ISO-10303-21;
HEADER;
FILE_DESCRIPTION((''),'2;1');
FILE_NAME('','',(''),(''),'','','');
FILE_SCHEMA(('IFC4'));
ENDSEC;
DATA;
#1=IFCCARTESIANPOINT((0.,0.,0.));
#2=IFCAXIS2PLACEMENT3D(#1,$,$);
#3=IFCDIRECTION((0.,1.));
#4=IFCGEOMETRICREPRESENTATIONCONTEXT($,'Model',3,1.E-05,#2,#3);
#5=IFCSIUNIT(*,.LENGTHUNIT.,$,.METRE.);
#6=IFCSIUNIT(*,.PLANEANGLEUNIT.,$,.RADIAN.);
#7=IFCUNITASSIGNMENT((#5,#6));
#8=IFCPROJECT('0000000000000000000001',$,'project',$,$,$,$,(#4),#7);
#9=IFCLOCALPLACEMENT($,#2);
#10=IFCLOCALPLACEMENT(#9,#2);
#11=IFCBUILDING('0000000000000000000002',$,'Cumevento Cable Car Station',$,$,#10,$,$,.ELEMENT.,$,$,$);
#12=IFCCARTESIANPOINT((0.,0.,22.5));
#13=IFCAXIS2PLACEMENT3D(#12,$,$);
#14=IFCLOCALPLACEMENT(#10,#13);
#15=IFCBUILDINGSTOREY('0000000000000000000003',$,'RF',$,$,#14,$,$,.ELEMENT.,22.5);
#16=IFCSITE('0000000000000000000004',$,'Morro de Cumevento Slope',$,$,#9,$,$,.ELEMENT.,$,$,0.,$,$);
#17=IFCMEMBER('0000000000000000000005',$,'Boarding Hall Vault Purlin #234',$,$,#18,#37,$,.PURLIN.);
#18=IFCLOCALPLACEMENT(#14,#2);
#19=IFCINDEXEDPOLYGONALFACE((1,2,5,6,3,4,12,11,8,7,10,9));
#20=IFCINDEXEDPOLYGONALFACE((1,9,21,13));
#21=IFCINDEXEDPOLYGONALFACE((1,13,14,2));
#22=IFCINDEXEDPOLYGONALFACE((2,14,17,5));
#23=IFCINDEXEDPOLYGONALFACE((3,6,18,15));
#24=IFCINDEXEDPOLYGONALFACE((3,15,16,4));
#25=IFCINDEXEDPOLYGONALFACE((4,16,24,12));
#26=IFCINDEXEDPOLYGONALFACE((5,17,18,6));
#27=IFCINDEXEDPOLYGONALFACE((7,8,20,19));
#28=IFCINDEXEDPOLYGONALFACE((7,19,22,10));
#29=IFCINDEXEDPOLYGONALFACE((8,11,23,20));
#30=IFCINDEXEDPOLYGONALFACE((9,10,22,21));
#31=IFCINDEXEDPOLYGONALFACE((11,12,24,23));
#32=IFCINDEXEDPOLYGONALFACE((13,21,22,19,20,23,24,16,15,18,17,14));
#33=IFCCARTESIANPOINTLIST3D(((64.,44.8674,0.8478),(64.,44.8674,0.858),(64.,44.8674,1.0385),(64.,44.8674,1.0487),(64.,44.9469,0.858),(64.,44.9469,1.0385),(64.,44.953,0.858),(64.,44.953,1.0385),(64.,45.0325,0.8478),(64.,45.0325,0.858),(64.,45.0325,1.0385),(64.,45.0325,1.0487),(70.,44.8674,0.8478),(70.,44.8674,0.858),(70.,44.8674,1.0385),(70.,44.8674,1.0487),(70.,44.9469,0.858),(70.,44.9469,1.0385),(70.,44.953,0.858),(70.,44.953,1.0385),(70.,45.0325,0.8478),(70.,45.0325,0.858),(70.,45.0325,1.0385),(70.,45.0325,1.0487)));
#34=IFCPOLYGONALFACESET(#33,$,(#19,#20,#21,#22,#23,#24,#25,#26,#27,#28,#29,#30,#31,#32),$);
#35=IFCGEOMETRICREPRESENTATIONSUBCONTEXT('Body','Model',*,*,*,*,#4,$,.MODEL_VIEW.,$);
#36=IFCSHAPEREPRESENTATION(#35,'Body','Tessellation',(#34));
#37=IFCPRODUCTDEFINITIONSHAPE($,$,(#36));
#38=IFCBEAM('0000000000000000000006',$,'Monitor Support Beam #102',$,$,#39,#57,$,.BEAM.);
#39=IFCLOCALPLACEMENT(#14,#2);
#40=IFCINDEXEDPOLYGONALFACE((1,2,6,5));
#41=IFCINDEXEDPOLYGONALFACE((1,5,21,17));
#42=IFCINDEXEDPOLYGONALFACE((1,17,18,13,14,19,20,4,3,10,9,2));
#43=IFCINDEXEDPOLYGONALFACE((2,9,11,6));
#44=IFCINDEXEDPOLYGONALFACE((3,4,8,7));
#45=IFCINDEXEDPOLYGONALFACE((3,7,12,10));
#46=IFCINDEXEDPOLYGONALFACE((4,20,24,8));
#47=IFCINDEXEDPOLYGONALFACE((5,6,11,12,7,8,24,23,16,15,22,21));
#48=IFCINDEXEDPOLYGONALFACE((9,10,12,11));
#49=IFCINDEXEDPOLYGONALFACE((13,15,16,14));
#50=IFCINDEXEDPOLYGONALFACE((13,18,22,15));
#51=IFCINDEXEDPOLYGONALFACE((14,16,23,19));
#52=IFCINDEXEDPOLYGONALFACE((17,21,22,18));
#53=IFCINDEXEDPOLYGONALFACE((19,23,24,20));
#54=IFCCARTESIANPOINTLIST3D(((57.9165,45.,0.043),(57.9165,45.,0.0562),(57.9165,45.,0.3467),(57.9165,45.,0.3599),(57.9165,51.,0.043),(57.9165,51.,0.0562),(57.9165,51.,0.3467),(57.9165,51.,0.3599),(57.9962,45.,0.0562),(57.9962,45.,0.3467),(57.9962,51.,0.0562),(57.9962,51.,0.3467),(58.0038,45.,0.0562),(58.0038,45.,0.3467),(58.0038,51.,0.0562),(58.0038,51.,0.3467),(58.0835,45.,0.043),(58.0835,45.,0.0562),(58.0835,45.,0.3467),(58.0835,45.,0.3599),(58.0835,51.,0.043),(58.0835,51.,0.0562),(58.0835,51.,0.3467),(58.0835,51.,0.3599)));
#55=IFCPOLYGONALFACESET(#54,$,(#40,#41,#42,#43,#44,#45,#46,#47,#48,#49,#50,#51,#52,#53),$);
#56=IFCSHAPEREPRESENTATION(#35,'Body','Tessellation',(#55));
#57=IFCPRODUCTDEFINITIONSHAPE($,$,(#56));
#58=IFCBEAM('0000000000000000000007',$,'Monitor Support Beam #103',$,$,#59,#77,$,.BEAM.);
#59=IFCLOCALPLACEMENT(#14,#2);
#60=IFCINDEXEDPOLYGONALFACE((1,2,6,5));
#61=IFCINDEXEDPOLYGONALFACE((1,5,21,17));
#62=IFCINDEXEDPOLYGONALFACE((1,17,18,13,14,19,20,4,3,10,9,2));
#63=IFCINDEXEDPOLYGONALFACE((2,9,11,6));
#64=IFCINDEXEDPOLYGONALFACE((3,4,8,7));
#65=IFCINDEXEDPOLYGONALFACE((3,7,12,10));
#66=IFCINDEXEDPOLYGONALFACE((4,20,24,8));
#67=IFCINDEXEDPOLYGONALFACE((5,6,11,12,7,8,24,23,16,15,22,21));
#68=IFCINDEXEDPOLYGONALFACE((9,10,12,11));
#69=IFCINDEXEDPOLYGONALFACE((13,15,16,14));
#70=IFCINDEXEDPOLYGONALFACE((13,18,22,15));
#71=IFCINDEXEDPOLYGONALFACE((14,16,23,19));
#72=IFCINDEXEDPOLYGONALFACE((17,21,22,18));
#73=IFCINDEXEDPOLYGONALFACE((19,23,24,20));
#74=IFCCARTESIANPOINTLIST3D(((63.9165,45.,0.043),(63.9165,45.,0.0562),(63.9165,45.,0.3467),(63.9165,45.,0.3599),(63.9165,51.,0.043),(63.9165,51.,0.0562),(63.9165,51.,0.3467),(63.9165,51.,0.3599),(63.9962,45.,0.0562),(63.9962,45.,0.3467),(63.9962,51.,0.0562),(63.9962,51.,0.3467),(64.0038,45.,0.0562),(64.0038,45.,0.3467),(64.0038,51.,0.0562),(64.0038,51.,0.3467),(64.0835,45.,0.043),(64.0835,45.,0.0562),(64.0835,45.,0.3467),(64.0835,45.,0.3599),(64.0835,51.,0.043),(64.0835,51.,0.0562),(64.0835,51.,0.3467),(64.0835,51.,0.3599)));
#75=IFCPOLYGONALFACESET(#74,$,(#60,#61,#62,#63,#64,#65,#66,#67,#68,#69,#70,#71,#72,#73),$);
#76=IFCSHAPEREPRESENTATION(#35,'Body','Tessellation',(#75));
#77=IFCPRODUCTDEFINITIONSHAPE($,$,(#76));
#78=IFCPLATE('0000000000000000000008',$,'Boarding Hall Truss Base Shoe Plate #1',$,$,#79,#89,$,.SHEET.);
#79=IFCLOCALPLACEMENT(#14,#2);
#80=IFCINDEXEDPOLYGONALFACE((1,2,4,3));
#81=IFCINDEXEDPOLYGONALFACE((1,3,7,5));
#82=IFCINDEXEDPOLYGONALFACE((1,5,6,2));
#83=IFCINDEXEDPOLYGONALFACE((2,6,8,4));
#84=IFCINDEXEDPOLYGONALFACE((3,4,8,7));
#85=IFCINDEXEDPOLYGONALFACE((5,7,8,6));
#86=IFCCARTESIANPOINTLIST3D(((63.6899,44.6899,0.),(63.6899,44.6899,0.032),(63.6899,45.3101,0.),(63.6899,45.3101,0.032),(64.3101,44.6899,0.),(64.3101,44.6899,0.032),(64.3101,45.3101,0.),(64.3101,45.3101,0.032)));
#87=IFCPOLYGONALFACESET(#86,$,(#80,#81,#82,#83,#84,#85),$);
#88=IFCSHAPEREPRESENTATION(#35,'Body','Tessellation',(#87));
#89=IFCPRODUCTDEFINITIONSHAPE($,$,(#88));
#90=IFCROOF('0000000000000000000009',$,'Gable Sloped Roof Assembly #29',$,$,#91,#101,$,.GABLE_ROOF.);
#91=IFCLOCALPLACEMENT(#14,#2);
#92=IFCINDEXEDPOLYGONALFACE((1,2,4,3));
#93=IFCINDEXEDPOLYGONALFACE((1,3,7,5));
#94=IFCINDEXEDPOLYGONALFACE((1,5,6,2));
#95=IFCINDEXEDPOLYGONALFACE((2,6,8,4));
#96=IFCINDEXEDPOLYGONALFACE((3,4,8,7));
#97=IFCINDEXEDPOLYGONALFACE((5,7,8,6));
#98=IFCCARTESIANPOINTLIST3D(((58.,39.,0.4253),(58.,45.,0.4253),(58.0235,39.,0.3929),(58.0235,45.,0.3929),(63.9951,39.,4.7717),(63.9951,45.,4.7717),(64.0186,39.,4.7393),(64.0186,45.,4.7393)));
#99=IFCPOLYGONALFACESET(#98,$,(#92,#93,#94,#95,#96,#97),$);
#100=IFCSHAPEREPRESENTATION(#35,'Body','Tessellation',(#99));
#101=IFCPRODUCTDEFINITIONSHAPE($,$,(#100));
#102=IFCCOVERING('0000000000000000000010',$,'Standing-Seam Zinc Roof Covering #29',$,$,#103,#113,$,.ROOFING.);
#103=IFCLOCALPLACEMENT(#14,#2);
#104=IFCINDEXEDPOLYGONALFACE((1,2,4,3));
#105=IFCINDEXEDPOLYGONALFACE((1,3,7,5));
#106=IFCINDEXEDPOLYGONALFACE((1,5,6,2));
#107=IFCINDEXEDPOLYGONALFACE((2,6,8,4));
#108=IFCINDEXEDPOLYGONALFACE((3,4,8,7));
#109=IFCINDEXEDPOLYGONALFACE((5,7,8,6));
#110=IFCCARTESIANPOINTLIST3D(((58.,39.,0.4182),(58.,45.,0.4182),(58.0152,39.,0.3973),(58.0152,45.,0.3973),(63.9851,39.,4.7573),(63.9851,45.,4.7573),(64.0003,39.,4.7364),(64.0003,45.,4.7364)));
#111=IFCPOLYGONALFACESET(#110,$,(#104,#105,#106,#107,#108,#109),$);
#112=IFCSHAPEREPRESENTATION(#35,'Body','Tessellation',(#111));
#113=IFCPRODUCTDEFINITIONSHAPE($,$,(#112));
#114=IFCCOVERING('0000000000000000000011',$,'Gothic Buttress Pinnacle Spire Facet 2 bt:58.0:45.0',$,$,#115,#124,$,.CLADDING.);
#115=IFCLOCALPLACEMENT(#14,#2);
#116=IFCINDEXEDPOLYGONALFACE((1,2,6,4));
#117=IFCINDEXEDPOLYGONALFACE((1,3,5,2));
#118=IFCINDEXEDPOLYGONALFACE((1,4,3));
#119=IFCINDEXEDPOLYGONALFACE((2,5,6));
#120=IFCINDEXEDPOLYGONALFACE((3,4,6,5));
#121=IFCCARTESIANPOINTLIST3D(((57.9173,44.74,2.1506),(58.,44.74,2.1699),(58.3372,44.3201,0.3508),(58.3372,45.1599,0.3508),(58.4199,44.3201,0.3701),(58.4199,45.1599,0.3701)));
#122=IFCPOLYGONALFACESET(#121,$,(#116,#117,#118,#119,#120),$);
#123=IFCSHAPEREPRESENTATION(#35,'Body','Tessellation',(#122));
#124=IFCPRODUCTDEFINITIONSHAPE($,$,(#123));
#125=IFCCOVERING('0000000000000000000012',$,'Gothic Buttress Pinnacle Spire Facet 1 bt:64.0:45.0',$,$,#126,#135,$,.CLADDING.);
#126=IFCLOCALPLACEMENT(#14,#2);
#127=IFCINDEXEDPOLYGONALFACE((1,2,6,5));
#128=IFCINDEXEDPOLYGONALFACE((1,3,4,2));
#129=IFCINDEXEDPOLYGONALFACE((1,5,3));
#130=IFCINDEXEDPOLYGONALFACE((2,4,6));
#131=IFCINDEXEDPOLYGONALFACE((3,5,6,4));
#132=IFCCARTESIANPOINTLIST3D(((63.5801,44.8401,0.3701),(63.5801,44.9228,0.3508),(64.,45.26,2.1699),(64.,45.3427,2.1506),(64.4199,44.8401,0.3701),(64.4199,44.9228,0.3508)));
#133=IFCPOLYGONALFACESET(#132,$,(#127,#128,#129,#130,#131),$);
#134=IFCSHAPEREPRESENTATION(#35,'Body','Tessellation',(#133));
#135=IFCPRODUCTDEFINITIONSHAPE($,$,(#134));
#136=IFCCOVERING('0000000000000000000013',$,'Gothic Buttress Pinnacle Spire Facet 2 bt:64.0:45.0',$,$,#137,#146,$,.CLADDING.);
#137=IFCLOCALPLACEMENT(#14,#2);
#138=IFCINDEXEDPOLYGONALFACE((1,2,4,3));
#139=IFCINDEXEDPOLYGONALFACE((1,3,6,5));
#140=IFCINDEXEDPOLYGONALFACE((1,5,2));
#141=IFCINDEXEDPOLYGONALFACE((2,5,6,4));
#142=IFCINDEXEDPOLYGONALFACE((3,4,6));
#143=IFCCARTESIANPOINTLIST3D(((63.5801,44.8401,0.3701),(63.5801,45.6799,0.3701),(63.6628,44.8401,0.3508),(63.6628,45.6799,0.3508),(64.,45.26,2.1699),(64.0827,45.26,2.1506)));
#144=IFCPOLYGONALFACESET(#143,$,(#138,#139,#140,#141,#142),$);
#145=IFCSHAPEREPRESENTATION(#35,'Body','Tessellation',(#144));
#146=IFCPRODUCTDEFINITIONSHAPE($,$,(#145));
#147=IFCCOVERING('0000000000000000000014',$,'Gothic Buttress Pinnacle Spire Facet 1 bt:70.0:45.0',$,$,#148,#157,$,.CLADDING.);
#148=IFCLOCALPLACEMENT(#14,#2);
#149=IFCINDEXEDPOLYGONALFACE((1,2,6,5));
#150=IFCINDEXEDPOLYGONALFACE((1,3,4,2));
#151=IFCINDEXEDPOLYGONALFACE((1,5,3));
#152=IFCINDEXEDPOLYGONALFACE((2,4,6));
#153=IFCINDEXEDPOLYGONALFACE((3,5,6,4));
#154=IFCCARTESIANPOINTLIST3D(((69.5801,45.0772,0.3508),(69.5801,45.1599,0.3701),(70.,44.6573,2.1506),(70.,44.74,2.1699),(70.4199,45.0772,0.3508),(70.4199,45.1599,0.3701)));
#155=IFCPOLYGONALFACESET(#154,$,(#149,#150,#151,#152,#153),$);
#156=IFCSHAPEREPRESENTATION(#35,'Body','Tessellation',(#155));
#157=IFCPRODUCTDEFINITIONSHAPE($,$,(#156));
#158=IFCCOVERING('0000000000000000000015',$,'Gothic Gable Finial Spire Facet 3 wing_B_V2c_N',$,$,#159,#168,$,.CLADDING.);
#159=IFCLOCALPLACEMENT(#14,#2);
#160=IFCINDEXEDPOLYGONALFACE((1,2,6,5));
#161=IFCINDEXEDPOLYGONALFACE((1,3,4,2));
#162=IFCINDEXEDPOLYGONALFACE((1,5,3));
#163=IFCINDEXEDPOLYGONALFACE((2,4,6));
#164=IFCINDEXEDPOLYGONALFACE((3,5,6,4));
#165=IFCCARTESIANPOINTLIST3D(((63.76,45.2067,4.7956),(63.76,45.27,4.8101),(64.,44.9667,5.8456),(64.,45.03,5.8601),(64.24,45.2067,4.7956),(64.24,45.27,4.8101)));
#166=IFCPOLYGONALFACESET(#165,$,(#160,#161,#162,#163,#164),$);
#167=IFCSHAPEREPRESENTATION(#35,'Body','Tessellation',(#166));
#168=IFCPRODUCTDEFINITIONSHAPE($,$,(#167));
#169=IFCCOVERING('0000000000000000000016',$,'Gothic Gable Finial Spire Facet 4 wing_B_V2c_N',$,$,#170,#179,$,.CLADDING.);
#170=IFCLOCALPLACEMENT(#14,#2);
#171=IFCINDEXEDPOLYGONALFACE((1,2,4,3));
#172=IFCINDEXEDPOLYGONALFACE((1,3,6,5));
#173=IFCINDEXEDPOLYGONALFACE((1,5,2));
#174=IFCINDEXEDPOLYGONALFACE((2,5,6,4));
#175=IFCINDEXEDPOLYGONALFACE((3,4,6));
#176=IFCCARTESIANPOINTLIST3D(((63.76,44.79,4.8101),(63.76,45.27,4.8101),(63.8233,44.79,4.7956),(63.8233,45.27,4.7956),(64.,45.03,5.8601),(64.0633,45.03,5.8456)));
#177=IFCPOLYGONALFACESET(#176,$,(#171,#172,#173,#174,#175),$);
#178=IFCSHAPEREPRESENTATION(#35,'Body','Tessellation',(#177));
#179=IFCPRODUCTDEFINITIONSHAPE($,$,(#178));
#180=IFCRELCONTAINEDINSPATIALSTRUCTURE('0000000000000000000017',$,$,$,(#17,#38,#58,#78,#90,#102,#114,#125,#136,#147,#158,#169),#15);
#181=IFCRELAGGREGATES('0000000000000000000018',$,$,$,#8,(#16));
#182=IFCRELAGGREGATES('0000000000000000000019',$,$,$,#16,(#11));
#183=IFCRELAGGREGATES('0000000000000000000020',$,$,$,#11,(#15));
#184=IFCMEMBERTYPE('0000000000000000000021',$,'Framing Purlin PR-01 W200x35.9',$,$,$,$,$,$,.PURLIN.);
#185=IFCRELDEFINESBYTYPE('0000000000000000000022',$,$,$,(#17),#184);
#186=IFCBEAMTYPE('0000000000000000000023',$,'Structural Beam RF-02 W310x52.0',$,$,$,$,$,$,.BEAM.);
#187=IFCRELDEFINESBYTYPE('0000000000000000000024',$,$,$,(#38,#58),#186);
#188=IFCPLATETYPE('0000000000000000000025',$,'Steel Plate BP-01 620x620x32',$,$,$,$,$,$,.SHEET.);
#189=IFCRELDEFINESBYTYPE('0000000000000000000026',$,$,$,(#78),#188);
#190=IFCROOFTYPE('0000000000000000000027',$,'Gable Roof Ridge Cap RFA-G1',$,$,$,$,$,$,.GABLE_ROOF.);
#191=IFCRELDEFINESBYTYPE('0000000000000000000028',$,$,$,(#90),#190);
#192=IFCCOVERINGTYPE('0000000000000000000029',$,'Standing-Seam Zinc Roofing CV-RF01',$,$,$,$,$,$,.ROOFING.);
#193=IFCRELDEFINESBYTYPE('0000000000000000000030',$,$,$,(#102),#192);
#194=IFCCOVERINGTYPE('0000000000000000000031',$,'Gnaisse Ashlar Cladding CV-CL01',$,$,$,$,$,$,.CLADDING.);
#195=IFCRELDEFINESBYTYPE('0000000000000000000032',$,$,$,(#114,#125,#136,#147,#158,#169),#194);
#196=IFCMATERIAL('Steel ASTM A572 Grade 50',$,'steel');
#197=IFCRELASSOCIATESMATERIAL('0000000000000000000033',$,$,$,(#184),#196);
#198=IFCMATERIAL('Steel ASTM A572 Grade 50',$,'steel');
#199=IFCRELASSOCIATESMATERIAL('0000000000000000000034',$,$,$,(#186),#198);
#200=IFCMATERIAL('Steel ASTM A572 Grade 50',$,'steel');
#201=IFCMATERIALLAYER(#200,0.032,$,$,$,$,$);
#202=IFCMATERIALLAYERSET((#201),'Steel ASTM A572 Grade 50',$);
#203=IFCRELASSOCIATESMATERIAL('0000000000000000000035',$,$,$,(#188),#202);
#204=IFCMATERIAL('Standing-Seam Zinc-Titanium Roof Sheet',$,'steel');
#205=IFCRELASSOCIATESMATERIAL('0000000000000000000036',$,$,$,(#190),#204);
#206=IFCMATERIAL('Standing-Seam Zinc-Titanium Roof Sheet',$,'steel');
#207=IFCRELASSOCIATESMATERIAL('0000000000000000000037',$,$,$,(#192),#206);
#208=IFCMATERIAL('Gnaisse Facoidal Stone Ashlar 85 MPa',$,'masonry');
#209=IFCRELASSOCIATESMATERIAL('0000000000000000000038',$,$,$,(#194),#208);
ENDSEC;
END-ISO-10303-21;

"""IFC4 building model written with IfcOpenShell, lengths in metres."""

from ifc_helpers import new_model, si_unit, direction, frame, origin, origin_2d, place, context, subcontext, project, spatial, polyline, rectangle, i_section, outline, extrude, material, layer, layer_set, material_profile, profile_set, type_object, element, save


model = new_model("IFC4")

# Units and contexts
model_context = context("Model", 3, precision=1e-05, world=origin(), true_north=direction((0.0, 1.0)))
body_context = subcontext(model_context, "Body", "Model", "MODEL_VIEW")
ifc_project = project(units=[si_unit("LENGTHUNIT", "METRE"), si_unit("PLANEANGLEUNIT", "RADIAN")], contexts=[model_context])

# Site, building, storey
site_placement = place(None, origin())
site = spatial("IfcSite", under=ifc_project, at=site_placement, Name="Morro de Cumevento Slope", CompositionType="ELEMENT", RefElevation=0.0)
building_placement = place(site_placement, origin())
building = spatial("IfcBuilding", under=site, at=building_placement, Name="Cumevento Cable Car Station", CompositionType="ELEMENT")
storey_placement = place(building_placement, frame((0.0, 0.0, 22.5)))
storey = spatial("IfcBuildingStorey", under=building, at=storey_placement, Name="RF", CompositionType="ELEMENT", Elevation=22.5)

# Member
ifc_material_1 = material(Name="Steel ASTM A572 Grade 50", Category="steel")
ifc_material_profile_1 = material_profile(ifc_material_1, i_section(OverallWidth=0.165, OverallDepth=0.2009, WebThickness=0.0061, FlangeThickness=0.0103, at=origin_2d()), Name="W200x35.9")
ifc_profile_set_1 = profile_set([ifc_material_profile_1], Name="Steel ASTM A572 Grade 50")
member_type_1 = type_object("IfcMemberType", Name="Framing Purlin PR-01 W200x35.9", PredefinedType="PURLIN", material=ifc_profile_set_1)
member_1_placement = place(storey_placement, frame((64.0, 44.95, 0.9482), z_axis=(1.0, 0.0, 0.0), x_axis=(0.0, 1.0, 0.0)))
element("IfcMember", 1, at=member_1_placement, inside=storey, type_object=member_type_1, Name="Boarding Hall Vault Purlin #234", PredefinedType="PURLIN", context=body_context, shape_type="SweptSolid", body=[
    extrude(i_section(OverallWidth=0.165, OverallDepth=0.2009, WebThickness=0.0061, FlangeThickness=0.0103, at=origin_2d()), origin(), (0.0, 0.0, 1.0), 6.0),
])

# Beams
ifc_material_2 = material(Name="Steel ASTM A572 Grade 50", Category="steel")
ifc_material_profile_2 = material_profile(ifc_material_2, i_section(OverallWidth=0.167, OverallDepth=0.3169, WebThickness=0.0076, FlangeThickness=0.0132, at=origin_2d()), Name="W310x52.0")
ifc_profile_set_2 = profile_set([ifc_material_profile_2], Name="Steel ASTM A572 Grade 50")
beam_type = type_object("IfcBeamType", Name="Structural Beam RF-02 W310x52.0", PredefinedType="BEAM", material=ifc_profile_set_2)
for number, where, z_axis, x_axis, name in (
    (2, (58.0, 45.0, 0.2014), (0.0, 1.0, 0.0), (-1.0, 0.0, 0.0), "Monitor Support Beam #102"),
    (3, (64.0, 45.0, 0.2014), (0.0, 1.0, 0.0), (-1.0, 0.0, 0.0), "Monitor Support Beam #103"),
):
    element("IfcBeam", number, at=place(storey_placement, frame(where, z_axis=z_axis, x_axis=x_axis)), inside=storey, type_object=beam_type, Name=name, PredefinedType="BEAM", context=body_context, shape_type="SweptSolid", body=[
        extrude(i_section(OverallWidth=0.167, OverallDepth=0.3169, WebThickness=0.0076, FlangeThickness=0.0132, at=origin_2d()), origin(), (0.0, 0.0, 1.0), 6.0),
    ])

# Plate
ifc_material_3 = material(Name="Steel ASTM A572 Grade 50", Category="steel")
ifc_layer = layer(ifc_material_3, 0.032)
ifc_layer_set = layer_set([ifc_layer], Name="Steel ASTM A572 Grade 50")
plate_type = type_object("IfcPlateType", Name="Steel Plate BP-01 620x620x32", PredefinedType="SHEET", material=ifc_layer_set)
plate_placement = place(storey_placement, frame((64.0, 45.0, 0.0), z_axis=(0.0, 0.0, 1.0), x_axis=(1.0, 0.0, 0.0)))
element("IfcPlate", 4, at=plate_placement, inside=storey, type_object=plate_type, Name="Boarding Hall Truss Base Shoe Plate #1", PredefinedType="SHEET", context=body_context, shape_type="SweptSolid", body=[
    extrude(rectangle(XDim=0.6201, YDim=0.6201, at=origin_2d()), origin(), (0.0, 0.0, 1.0), 0.032),
])

# Roof
ifc_material_4 = material(Name="Standing-Seam Zinc-Titanium Roof Sheet", Category="steel")
roof_type = type_object("IfcRoofType", Name="Gable Roof Ridge Cap RFA-G1", PredefinedType="GABLE_ROOF", material=ifc_material_4)
roof_placement = place(storey_placement, frame((58.0, 45.0, 0.4253), z_axis=(-0.586965, 0.0, 0.809612), x_axis=(0.0, -1.0, 0.0)))
element("IfcRoof", 5, at=roof_placement, inside=storey, type_object=roof_type, Name="Gable Sloped Roof Assembly #29", PredefinedType="GABLE_ROOF", context=body_context, shape_type="SweptSolid", body=[
    extrude(outline(polyline([(0.0, 0.0), (6.0, 0.0), (6.0, 7.4049), (0.0, 7.4049), (0.0, 0.0)])), origin(), (0.0, 0.0, -1.0), 0.04),
])

# Coverings
ifc_material_5 = material(Name="Standing-Seam Zinc-Titanium Roof Sheet", Category="steel")
covering_type_1 = type_object("IfcCoveringType", Name="Standing-Seam Zinc Roofing CV-RF01", PredefinedType="ROOFING", material=ifc_material_5)
covering_1_placement = place(storey_placement, frame((58.0, 45.0, 0.4182), z_axis=(-0.586959, 0.0, 0.809616), x_axis=(0.0, -1.0, 0.0)))
element("IfcCovering", 6, at=covering_1_placement, inside=storey, type_object=covering_type_1, Name="Standing-Seam Zinc Roof Covering #29", PredefinedType="ROOFING", context=body_context, shape_type="SweptSolid", body=[
    extrude(outline(polyline([(0.0, 0.0), (6.0, 0.0), (6.0, 7.3925), (0.0, 7.3925), (0.0, 0.0)])), origin(), (0.0, 0.0, -1.0), 0.0259),
])
ifc_material_6 = material(Name="Gnaisse Facoidal Stone Ashlar 85 MPa", Category="masonry")
covering_type_2 = type_object("IfcCoveringType", Name="Gnaisse Ashlar Cladding CV-CL01", PredefinedType="CLADDING", material=ifc_material_6)
for number, where, z_axis, x_axis, name in (
    (7, (58.4199, 45.1599, 0.3701), (0.973845, 0.0, 0.227213), (0.0, -1.0, 0.0), "Gothic Buttress Pinnacle Spire Facet 2 bt:58.0:45.0"),
    (8, (64.4199, 44.8401, 0.3701), (0.0, -0.973845, 0.227213), (-1.0, 0.0, 0.0), "Gothic Buttress Pinnacle Spire Facet 1 bt:64.0:45.0"),
    (9, (63.5801, 44.8401, 0.3701), (-0.973845, 0.0, 0.227213), (0.0, 1.0, 0.0), "Gothic Buttress Pinnacle Spire Facet 2 bt:64.0:45.0"),
    (10, (69.5801, 45.1599, 0.3701), (0.0, 0.973845, 0.227213), (1.0, 0.0, 0.0), "Gothic Buttress Pinnacle Spire Facet 1 bt:70.0:45.0"),
):
    element("IfcCovering", number, at=place(storey_placement, frame(where, z_axis=z_axis, x_axis=x_axis)), inside=storey, type_object=covering_type_2, Name=name, PredefinedType="CLADDING", context=body_context, shape_type="SweptSolid", body=[
        extrude(outline(polyline([(0.0, 0.0), (0.8398, 0.0), (0.4199, -1.8481), (0.0, 0.0)])), origin(), (0.0, 0.0, -1.0), 0.085),
    ])
for number, where, z_axis, x_axis, name in (
    (11, (64.24, 45.27, 4.8101), (0.0, 0.974863, 0.222806), (-1.0, 0.0, 0.0), "Gothic Gable Finial Spire Facet 3 wing_B_V2c_N"),
    (12, (63.76, 45.27, 4.8101), (-0.974863, 0.0, 0.222806), (0.0, -1.0, 0.0), "Gothic Gable Finial Spire Facet 4 wing_B_V2c_N"),
):
    element("IfcCovering", number, at=place(storey_placement, frame(where, z_axis=z_axis, x_axis=x_axis)), inside=storey, type_object=covering_type_2, Name=name, PredefinedType="CLADDING", context=body_context, shape_type="SweptSolid", body=[
        extrude(outline(polyline([(0.0, 0.0), (0.48, 0.0), (0.24, 1.0771), (0.0, 0.0)])), origin(), (0.0, 0.0, -1.0), 0.0649),
    ])

save(model, "model.ifc")
